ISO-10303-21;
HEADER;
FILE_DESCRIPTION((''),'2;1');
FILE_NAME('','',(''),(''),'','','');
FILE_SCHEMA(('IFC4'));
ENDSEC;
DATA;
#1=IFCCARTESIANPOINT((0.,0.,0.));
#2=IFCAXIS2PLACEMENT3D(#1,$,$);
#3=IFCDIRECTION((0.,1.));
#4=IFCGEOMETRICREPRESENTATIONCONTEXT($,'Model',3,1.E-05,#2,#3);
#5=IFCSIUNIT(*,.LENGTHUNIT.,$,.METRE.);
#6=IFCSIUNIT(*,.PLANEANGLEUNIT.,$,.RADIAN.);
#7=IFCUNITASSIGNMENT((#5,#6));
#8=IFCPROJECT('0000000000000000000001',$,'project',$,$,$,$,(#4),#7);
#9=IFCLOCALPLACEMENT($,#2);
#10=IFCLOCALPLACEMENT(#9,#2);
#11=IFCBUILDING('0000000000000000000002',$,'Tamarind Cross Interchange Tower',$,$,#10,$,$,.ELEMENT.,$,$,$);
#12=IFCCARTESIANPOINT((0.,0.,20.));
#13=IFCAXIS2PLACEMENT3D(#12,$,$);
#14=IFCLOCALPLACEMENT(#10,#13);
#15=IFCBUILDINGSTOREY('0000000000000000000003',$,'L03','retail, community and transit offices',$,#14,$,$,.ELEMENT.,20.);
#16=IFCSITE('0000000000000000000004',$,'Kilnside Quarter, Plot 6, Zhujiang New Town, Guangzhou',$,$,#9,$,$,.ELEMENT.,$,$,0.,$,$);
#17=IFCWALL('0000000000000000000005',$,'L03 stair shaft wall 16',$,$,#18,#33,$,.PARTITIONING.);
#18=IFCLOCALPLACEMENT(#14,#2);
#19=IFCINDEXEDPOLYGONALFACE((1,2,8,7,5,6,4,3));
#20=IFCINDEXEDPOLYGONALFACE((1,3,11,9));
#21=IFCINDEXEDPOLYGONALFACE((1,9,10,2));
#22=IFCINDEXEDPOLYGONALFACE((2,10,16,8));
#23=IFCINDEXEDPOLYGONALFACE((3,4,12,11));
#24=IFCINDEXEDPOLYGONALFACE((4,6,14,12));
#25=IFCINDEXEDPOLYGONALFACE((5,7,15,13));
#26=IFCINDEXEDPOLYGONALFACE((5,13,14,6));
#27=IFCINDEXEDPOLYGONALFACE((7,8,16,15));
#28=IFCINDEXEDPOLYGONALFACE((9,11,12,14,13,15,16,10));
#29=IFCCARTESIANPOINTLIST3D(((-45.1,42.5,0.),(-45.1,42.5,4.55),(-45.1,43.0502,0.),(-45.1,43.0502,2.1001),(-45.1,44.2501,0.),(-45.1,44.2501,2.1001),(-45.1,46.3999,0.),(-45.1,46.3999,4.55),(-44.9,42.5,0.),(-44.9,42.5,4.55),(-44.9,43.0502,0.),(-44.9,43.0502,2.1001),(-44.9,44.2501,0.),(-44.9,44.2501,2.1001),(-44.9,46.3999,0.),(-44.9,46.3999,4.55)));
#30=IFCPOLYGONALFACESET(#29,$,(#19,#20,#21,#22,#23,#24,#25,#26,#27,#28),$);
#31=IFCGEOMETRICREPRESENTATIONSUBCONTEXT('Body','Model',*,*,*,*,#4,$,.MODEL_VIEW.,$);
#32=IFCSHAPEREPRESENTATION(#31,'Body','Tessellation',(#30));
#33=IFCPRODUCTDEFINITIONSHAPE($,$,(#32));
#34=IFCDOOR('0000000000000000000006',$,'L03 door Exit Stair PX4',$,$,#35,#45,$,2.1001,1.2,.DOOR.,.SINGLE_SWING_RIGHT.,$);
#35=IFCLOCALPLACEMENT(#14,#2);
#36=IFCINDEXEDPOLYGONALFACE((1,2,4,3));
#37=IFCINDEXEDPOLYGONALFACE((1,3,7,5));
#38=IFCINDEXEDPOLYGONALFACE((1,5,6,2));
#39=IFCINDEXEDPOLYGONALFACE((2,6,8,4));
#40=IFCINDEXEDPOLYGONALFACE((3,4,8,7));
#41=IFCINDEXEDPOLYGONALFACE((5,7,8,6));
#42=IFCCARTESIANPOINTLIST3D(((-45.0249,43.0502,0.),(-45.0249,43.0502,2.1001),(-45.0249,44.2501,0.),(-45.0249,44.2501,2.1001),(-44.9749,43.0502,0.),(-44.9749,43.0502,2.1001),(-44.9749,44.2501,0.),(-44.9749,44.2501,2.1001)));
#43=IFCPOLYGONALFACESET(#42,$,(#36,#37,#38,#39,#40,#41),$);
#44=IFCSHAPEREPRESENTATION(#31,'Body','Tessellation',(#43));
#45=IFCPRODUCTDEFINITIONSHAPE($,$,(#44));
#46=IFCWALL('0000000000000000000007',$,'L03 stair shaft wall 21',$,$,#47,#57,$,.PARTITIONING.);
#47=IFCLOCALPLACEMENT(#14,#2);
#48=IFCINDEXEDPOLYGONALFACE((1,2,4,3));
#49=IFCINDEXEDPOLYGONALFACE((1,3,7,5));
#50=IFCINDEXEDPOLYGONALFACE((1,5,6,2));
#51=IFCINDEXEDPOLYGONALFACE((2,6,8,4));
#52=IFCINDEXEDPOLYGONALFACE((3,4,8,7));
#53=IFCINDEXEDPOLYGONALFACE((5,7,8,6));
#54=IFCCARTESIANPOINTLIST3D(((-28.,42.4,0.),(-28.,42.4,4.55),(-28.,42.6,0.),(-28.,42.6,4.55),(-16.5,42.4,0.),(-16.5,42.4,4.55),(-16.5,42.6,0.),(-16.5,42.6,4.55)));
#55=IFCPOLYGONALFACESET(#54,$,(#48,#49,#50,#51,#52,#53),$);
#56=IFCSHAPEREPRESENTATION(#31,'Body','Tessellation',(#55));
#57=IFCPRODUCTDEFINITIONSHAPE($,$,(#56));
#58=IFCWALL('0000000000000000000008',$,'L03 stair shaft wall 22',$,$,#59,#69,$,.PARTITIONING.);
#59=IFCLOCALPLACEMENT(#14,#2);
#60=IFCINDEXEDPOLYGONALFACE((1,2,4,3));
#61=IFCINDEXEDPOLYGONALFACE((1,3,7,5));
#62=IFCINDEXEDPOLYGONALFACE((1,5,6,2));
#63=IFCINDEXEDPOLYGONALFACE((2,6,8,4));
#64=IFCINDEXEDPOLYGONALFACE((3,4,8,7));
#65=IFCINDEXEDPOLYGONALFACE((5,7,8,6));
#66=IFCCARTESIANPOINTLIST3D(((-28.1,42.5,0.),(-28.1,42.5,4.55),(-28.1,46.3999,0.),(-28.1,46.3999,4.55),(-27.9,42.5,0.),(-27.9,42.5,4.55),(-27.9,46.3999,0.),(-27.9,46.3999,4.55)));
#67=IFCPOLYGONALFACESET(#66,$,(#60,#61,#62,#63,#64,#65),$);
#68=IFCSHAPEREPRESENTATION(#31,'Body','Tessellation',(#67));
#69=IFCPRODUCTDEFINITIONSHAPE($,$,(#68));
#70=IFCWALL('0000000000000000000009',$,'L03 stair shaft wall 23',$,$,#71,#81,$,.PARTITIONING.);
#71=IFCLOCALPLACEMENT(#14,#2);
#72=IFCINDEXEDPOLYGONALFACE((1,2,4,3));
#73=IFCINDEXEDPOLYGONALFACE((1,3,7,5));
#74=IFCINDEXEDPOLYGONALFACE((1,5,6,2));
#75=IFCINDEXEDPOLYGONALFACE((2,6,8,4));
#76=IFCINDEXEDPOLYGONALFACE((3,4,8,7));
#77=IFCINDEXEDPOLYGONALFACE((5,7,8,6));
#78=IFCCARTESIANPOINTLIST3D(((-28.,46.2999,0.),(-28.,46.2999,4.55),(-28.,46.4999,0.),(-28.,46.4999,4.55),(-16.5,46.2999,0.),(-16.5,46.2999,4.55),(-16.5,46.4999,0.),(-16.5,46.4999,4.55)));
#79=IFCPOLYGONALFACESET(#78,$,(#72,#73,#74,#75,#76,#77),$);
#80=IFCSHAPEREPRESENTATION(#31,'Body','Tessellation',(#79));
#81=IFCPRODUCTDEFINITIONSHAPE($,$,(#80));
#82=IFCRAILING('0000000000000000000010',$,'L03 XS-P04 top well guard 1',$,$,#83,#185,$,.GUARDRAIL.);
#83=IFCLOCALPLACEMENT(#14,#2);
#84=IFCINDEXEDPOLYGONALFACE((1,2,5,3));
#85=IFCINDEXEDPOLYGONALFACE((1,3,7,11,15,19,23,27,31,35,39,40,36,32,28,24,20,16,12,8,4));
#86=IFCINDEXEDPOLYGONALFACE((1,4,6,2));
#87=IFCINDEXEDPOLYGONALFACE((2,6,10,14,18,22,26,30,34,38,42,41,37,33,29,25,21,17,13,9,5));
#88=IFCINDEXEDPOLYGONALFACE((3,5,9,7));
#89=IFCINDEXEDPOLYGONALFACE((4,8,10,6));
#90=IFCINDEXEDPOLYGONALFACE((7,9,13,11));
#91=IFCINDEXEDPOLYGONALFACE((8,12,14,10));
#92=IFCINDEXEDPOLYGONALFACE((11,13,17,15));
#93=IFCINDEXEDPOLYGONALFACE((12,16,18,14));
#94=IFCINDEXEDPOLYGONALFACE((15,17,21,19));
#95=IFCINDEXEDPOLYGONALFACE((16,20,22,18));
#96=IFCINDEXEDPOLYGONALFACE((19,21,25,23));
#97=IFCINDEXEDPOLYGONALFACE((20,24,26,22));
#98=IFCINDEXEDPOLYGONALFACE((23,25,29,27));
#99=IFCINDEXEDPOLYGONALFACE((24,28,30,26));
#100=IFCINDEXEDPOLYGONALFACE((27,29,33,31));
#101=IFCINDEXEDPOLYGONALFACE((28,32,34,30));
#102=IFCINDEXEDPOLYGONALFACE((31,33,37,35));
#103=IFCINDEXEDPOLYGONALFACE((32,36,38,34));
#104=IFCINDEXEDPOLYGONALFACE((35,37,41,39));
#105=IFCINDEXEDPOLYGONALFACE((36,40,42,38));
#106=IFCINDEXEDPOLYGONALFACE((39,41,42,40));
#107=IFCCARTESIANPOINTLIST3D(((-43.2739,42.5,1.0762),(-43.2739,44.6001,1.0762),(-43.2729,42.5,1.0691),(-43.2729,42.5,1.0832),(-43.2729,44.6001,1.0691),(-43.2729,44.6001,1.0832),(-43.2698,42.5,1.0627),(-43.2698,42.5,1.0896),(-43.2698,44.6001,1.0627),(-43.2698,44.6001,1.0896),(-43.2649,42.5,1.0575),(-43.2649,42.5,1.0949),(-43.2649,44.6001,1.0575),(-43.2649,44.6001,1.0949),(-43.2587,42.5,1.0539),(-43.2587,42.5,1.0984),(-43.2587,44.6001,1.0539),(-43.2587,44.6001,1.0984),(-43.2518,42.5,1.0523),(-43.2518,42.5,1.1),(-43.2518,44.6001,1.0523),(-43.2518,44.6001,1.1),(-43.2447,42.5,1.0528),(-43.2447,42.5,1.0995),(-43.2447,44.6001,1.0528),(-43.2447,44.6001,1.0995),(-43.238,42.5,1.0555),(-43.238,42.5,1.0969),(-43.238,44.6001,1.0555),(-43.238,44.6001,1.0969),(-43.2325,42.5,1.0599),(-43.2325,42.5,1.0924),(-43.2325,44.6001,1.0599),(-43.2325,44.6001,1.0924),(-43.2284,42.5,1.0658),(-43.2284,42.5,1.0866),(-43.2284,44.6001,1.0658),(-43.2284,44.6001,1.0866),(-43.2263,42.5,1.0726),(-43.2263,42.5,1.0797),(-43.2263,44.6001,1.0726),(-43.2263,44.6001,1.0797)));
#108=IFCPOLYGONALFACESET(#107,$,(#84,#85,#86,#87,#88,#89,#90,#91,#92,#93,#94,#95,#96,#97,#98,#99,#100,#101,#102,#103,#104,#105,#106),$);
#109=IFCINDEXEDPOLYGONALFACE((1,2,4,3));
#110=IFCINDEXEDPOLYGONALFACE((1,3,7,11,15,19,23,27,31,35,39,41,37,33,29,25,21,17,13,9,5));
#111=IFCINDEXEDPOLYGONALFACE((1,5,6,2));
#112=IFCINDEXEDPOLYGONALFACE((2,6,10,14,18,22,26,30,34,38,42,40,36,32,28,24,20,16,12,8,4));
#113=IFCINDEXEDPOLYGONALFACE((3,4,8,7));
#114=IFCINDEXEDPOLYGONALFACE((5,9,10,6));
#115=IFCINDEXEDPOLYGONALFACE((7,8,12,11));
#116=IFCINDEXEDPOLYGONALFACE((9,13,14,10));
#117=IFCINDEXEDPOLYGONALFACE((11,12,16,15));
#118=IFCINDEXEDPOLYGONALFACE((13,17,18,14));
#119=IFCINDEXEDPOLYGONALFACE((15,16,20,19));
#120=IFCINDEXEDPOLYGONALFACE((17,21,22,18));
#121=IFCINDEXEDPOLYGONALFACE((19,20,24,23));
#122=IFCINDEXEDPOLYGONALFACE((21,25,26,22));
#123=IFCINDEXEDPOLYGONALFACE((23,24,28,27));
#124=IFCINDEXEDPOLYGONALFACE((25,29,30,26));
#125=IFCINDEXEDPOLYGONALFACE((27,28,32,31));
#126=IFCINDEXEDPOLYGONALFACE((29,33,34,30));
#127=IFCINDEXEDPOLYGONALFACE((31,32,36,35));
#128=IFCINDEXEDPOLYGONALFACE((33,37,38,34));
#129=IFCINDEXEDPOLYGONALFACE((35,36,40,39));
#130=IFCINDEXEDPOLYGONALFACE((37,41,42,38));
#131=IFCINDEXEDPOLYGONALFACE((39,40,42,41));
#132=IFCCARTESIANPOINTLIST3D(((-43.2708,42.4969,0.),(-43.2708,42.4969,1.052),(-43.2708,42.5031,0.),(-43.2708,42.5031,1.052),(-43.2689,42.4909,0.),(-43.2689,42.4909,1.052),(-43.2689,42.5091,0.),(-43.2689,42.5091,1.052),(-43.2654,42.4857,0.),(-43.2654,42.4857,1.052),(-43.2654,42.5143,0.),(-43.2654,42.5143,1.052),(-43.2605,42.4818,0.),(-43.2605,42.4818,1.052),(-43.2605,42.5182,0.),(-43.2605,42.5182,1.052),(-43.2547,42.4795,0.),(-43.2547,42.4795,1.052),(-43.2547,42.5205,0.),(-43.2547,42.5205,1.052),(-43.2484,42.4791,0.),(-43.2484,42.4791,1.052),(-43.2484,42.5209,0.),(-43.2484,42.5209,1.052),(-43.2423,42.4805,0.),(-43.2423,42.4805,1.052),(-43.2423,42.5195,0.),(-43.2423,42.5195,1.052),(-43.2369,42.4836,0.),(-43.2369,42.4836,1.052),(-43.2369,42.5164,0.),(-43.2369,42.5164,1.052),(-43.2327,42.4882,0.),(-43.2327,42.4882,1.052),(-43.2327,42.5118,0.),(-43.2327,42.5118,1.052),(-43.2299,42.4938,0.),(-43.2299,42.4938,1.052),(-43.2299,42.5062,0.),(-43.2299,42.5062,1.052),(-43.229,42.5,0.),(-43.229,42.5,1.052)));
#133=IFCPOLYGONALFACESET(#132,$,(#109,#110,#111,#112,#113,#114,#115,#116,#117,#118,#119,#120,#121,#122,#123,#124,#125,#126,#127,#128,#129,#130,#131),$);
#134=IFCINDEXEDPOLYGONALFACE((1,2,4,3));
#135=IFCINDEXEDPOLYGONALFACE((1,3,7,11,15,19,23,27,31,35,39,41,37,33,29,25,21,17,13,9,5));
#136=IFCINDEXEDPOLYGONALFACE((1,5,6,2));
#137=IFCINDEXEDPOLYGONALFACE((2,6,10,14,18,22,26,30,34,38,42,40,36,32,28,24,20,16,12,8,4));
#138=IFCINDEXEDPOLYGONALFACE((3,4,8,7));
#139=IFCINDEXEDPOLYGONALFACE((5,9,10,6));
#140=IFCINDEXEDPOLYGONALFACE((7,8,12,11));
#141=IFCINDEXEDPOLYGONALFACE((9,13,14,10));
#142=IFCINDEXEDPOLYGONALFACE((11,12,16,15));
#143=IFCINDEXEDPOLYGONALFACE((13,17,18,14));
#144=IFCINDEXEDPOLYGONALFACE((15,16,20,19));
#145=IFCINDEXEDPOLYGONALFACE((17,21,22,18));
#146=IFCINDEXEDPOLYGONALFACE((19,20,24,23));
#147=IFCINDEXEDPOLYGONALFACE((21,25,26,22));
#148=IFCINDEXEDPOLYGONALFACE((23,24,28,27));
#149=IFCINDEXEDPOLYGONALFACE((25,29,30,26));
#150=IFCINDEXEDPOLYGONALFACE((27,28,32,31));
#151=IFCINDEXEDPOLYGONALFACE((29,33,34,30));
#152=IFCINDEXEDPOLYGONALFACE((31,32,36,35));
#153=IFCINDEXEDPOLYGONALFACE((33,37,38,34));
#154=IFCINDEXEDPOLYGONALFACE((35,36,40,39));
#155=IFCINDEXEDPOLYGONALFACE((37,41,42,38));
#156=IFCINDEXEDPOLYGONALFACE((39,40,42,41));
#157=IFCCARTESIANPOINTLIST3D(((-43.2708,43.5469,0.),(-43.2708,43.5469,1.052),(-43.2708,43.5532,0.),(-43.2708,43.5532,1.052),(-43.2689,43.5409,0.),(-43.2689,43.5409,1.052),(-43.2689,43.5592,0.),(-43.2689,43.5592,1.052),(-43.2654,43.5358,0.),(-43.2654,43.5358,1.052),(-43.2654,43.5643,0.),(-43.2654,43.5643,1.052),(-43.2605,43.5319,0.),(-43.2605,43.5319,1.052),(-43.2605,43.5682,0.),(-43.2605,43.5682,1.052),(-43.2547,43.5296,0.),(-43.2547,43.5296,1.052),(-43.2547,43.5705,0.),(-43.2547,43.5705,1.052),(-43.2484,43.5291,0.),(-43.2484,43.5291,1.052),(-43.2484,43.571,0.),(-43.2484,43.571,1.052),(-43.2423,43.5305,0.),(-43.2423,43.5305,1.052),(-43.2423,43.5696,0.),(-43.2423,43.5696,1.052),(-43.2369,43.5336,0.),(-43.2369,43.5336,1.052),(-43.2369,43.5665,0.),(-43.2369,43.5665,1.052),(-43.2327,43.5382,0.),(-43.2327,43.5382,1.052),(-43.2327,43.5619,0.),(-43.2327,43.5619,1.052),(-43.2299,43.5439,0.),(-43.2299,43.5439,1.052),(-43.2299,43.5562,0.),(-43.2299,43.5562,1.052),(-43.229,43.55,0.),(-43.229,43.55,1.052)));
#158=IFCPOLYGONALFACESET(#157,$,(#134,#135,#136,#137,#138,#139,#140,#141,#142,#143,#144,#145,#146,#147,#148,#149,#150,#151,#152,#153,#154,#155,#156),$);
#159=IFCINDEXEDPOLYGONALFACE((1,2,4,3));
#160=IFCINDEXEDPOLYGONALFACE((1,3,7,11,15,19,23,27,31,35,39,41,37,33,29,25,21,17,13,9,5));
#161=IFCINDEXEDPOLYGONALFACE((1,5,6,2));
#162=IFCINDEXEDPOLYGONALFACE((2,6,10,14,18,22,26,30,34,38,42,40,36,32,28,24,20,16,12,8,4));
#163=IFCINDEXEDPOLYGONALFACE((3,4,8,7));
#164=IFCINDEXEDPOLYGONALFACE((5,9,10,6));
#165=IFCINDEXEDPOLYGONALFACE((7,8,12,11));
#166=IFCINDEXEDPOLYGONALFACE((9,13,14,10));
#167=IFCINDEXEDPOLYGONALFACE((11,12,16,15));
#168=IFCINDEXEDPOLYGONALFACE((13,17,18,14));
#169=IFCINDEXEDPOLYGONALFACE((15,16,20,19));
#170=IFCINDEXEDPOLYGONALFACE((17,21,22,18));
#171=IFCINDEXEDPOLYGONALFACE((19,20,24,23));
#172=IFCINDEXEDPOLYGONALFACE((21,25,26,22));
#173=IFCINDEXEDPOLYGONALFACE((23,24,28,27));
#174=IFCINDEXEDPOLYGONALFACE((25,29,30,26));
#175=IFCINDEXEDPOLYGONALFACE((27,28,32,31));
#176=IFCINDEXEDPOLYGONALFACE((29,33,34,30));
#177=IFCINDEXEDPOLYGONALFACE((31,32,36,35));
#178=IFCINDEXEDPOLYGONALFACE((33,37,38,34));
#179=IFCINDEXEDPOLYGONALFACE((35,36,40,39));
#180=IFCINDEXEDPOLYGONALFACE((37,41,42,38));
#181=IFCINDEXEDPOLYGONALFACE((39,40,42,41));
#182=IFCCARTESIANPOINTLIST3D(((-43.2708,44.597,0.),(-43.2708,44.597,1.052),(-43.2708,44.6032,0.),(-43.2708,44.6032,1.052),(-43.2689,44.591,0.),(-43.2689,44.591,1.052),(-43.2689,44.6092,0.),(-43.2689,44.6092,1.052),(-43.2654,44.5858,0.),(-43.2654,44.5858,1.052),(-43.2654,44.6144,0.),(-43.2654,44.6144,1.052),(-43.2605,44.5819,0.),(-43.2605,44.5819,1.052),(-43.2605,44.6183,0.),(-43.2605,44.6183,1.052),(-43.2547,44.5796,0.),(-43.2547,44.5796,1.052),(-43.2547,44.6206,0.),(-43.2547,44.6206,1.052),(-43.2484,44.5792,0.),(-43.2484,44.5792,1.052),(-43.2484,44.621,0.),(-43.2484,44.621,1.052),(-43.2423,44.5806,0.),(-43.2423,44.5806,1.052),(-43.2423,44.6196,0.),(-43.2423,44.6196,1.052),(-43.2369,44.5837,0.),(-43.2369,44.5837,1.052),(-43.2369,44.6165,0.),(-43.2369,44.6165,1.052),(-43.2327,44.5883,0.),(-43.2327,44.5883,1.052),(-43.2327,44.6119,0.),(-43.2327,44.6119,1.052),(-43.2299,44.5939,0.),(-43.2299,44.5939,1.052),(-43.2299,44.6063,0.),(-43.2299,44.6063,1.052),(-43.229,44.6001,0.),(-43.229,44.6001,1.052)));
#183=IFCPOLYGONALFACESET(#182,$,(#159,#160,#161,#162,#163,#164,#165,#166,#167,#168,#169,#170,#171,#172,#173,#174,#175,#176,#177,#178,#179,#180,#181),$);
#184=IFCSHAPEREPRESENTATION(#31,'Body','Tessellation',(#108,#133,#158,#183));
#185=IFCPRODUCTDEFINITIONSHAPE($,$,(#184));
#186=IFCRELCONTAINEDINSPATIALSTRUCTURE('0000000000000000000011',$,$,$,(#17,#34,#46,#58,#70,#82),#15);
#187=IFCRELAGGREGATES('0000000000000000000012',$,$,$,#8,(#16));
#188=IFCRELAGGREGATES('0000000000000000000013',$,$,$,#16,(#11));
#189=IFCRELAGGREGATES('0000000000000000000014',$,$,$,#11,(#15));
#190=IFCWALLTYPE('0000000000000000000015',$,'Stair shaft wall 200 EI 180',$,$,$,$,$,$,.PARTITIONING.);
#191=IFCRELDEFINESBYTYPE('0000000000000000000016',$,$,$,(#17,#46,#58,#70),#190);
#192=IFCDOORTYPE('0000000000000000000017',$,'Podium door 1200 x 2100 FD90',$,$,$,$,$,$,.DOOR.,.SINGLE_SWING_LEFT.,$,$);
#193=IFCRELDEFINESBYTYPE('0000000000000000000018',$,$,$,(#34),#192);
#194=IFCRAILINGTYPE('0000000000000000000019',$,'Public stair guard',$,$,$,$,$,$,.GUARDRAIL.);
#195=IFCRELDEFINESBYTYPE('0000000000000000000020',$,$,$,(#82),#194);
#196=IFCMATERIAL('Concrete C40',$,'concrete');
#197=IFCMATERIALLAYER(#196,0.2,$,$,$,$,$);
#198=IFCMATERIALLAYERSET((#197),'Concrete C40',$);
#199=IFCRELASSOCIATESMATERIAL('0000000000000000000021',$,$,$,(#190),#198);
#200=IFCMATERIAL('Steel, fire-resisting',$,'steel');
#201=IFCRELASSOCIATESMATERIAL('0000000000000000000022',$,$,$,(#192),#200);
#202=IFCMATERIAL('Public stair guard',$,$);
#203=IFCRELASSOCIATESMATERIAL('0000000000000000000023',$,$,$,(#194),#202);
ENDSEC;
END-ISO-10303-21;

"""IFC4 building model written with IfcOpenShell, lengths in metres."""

from ifc_helpers import new_model, si_unit, direction, frame, frame_2d, origin, origin_2d, place, context, subcontext, project, spatial, rectangle, circle, extrude, material, layer, layer_set, type_object, element, fill, save


model = new_model("IFC4")

# Units and contexts
model_context = context("Model", 3, precision=1e-05, world=origin(), true_north=direction((0.0, 1.0)))
body_context = subcontext(model_context, "Body", "Model", "MODEL_VIEW")
ifc_project = project(units=[si_unit("LENGTHUNIT", "METRE"), si_unit("PLANEANGLEUNIT", "RADIAN")], contexts=[model_context])

# Site, building, storey
site_placement = place(None, origin())
site = spatial("IfcSite", under=ifc_project, at=site_placement, Name="Kilnside Quarter, Plot 6, Zhujiang New Town, Guangzhou", CompositionType="ELEMENT", RefElevation=0.0)
building_placement = place(site_placement, origin())
building = spatial("IfcBuilding", under=site, at=building_placement, Name="Tamarind Cross Interchange Tower", CompositionType="ELEMENT")
storey_placement = place(building_placement, frame((0.0, 0.0, 20.0)))
storey = spatial("IfcBuildingStorey", under=building, at=storey_placement, Name="L03", Description="retail, community and transit offices", CompositionType="ELEMENT", Elevation=20.0)

# Shared definitions
ifc_material_1 = material(Name="Concrete C40", Category="concrete")
ifc_layer_1 = layer(ifc_material_1, 0.2)
ifc_layer_set_1 = layer_set([ifc_layer_1], Name="Concrete C40")
wall_type_1 = type_object("IfcWallType", Name="Stair shaft wall 200 EI 180", PredefinedType="PARTITIONING", material=ifc_layer_set_1)

# Wall, opening, door
wall_1_placement = place(storey_placement, frame((-45.0, 42.5, 0.0), z_axis=(0.0, 0.0, 1.0), x_axis=(0.0, 1.0, 0.0)))
wall_1 = element("IfcWall", 1, at=wall_1_placement, inside=storey, type_object=wall_type_1, Name="L03 stair shaft wall 16", PredefinedType="PARTITIONING", context=body_context, shape_type="SweptSolid", body=[
    extrude(rectangle(XDim=3.8999, YDim=0.2, at=frame_2d((1.95, 0.0))), origin(), (0.0, 0.0, 1.0), 4.55),
])
opening_placement = place(wall_1_placement, frame((0.55, 0.0, 0.0)))
opening = element("IfcOpeningElement", 2, at=opening_placement, cuts=wall_1, PredefinedType="OPENING", context=body_context, shape_type="SweptSolid", body=[
    extrude(rectangle(XDim=1.2, YDim=2.1001, at=frame_2d((0.6001, 1.05))), frame((0.0, 0.1099, 0.0), z_axis=(0.0, -1.0, 0.0), x_axis=(1.0, 0.0, 0.0)), (0.0, 0.0, 1.0), 0.22),
])
ifc_material_2 = material(Name="Steel, fire-resisting", Category="steel")
door_type = type_object("IfcDoorType", Name="Podium door 1200 x 2100 FD90", OperationType="SINGLE_SWING_LEFT", PredefinedType="DOOR", material=ifc_material_2)
door_placement = place(opening_placement, origin())
door = element("IfcDoor", 3, at=door_placement, inside=storey, type_object=door_type, Name="L03 door Exit Stair PX4", OperationType="SINGLE_SWING_RIGHT", OverallHeight=2.1001, OverallWidth=1.2, PredefinedType="DOOR", context=body_context, shape_type="SweptSolid", body=[
    extrude(rectangle(XDim=1.2, YDim=2.1001, at=frame_2d((0.6001, 1.05))), frame((0.0, 0.0249, 0.0), z_axis=(0.0, -1.0, 0.0), x_axis=(1.0, 0.0, 0.0)), (0.0, 0.0, 1.0), 0.05),
])
fill(opening, door)

# Walls
wall_2_placement = place(storey_placement, frame((-28.0, 42.5, 0.0), z_axis=(0.0, 0.0, 1.0), x_axis=(1.0, 0.0, 0.0)))
element("IfcWall", 4, at=wall_2_placement, inside=storey, type_object=wall_type_1, Name="L03 stair shaft wall 21", PredefinedType="PARTITIONING", context=body_context, shape_type="SweptSolid", body=[
    extrude(rectangle(XDim=11.5, YDim=0.2, at=frame_2d((5.75, 0.0))), origin(), (0.0, 0.0, 1.0), 4.55),
])
wall_3_placement = place(storey_placement, frame((-28.0, 42.5, 0.0), z_axis=(0.0, 0.0, 1.0), x_axis=(0.0, 1.0, 0.0)))
element("IfcWall", 5, at=wall_3_placement, inside=storey, type_object=wall_type_1, Name="L03 stair shaft wall 22", PredefinedType="PARTITIONING", context=body_context, shape_type="SweptSolid", body=[
    extrude(rectangle(XDim=3.8999, YDim=0.2, at=frame_2d((1.95, 0.0))), origin(), (0.0, 0.0, 1.0), 4.55),
])
wall_4_placement = place(storey_placement, frame((-28.0, 46.3999, 0.0), z_axis=(0.0, 0.0, 1.0), x_axis=(1.0, 0.0, 0.0)))
element("IfcWall", 6, at=wall_4_placement, inside=storey, type_object=wall_type_1, Name="L03 stair shaft wall 23", PredefinedType="PARTITIONING", context=body_context, shape_type="SweptSolid", body=[
    extrude(rectangle(XDim=11.5, YDim=0.2, at=frame_2d((5.75, 0.0))), origin(), (0.0, 0.0, 1.0), 4.55),
])

# Railing
ifc_material_3 = material(Name="Public stair guard")
railing_type = type_object("IfcRailingType", Name="Public stair guard", PredefinedType="GUARDRAIL", material=ifc_material_3)
railing_placement = place(storey_placement, frame((-43.25, 42.5, 0.0)))
element("IfcRailing", 7, at=railing_placement, inside=storey, type_object=railing_type, Name="L03 XS-P04 top well guard 1", PredefinedType="GUARDRAIL", context=body_context, shape_type="SweptSolid", body=[
    extrude(circle(Radius=0.0239, at=origin_2d()), frame((0.0, 0.0, 1.0762), z_axis=(0.0, 1.0, 0.0), x_axis=(-1.0, 0.0, 0.0)), (0.0, 0.0, 1.0), 2.1001),
    extrude(circle(Radius=0.021, at=origin_2d()), origin(), (0.0, 0.0, 1.0), 1.052),
    extrude(circle(Radius=0.021, at=origin_2d()), frame((0.0, 1.05, 0.0)), (0.0, 0.0, 1.0), 1.052),
    extrude(circle(Radius=0.021, at=origin_2d()), frame((0.0, 2.1001, 0.0)), (0.0, 0.0, 1.0), 1.052),
])

save(model, "model.ifc")
